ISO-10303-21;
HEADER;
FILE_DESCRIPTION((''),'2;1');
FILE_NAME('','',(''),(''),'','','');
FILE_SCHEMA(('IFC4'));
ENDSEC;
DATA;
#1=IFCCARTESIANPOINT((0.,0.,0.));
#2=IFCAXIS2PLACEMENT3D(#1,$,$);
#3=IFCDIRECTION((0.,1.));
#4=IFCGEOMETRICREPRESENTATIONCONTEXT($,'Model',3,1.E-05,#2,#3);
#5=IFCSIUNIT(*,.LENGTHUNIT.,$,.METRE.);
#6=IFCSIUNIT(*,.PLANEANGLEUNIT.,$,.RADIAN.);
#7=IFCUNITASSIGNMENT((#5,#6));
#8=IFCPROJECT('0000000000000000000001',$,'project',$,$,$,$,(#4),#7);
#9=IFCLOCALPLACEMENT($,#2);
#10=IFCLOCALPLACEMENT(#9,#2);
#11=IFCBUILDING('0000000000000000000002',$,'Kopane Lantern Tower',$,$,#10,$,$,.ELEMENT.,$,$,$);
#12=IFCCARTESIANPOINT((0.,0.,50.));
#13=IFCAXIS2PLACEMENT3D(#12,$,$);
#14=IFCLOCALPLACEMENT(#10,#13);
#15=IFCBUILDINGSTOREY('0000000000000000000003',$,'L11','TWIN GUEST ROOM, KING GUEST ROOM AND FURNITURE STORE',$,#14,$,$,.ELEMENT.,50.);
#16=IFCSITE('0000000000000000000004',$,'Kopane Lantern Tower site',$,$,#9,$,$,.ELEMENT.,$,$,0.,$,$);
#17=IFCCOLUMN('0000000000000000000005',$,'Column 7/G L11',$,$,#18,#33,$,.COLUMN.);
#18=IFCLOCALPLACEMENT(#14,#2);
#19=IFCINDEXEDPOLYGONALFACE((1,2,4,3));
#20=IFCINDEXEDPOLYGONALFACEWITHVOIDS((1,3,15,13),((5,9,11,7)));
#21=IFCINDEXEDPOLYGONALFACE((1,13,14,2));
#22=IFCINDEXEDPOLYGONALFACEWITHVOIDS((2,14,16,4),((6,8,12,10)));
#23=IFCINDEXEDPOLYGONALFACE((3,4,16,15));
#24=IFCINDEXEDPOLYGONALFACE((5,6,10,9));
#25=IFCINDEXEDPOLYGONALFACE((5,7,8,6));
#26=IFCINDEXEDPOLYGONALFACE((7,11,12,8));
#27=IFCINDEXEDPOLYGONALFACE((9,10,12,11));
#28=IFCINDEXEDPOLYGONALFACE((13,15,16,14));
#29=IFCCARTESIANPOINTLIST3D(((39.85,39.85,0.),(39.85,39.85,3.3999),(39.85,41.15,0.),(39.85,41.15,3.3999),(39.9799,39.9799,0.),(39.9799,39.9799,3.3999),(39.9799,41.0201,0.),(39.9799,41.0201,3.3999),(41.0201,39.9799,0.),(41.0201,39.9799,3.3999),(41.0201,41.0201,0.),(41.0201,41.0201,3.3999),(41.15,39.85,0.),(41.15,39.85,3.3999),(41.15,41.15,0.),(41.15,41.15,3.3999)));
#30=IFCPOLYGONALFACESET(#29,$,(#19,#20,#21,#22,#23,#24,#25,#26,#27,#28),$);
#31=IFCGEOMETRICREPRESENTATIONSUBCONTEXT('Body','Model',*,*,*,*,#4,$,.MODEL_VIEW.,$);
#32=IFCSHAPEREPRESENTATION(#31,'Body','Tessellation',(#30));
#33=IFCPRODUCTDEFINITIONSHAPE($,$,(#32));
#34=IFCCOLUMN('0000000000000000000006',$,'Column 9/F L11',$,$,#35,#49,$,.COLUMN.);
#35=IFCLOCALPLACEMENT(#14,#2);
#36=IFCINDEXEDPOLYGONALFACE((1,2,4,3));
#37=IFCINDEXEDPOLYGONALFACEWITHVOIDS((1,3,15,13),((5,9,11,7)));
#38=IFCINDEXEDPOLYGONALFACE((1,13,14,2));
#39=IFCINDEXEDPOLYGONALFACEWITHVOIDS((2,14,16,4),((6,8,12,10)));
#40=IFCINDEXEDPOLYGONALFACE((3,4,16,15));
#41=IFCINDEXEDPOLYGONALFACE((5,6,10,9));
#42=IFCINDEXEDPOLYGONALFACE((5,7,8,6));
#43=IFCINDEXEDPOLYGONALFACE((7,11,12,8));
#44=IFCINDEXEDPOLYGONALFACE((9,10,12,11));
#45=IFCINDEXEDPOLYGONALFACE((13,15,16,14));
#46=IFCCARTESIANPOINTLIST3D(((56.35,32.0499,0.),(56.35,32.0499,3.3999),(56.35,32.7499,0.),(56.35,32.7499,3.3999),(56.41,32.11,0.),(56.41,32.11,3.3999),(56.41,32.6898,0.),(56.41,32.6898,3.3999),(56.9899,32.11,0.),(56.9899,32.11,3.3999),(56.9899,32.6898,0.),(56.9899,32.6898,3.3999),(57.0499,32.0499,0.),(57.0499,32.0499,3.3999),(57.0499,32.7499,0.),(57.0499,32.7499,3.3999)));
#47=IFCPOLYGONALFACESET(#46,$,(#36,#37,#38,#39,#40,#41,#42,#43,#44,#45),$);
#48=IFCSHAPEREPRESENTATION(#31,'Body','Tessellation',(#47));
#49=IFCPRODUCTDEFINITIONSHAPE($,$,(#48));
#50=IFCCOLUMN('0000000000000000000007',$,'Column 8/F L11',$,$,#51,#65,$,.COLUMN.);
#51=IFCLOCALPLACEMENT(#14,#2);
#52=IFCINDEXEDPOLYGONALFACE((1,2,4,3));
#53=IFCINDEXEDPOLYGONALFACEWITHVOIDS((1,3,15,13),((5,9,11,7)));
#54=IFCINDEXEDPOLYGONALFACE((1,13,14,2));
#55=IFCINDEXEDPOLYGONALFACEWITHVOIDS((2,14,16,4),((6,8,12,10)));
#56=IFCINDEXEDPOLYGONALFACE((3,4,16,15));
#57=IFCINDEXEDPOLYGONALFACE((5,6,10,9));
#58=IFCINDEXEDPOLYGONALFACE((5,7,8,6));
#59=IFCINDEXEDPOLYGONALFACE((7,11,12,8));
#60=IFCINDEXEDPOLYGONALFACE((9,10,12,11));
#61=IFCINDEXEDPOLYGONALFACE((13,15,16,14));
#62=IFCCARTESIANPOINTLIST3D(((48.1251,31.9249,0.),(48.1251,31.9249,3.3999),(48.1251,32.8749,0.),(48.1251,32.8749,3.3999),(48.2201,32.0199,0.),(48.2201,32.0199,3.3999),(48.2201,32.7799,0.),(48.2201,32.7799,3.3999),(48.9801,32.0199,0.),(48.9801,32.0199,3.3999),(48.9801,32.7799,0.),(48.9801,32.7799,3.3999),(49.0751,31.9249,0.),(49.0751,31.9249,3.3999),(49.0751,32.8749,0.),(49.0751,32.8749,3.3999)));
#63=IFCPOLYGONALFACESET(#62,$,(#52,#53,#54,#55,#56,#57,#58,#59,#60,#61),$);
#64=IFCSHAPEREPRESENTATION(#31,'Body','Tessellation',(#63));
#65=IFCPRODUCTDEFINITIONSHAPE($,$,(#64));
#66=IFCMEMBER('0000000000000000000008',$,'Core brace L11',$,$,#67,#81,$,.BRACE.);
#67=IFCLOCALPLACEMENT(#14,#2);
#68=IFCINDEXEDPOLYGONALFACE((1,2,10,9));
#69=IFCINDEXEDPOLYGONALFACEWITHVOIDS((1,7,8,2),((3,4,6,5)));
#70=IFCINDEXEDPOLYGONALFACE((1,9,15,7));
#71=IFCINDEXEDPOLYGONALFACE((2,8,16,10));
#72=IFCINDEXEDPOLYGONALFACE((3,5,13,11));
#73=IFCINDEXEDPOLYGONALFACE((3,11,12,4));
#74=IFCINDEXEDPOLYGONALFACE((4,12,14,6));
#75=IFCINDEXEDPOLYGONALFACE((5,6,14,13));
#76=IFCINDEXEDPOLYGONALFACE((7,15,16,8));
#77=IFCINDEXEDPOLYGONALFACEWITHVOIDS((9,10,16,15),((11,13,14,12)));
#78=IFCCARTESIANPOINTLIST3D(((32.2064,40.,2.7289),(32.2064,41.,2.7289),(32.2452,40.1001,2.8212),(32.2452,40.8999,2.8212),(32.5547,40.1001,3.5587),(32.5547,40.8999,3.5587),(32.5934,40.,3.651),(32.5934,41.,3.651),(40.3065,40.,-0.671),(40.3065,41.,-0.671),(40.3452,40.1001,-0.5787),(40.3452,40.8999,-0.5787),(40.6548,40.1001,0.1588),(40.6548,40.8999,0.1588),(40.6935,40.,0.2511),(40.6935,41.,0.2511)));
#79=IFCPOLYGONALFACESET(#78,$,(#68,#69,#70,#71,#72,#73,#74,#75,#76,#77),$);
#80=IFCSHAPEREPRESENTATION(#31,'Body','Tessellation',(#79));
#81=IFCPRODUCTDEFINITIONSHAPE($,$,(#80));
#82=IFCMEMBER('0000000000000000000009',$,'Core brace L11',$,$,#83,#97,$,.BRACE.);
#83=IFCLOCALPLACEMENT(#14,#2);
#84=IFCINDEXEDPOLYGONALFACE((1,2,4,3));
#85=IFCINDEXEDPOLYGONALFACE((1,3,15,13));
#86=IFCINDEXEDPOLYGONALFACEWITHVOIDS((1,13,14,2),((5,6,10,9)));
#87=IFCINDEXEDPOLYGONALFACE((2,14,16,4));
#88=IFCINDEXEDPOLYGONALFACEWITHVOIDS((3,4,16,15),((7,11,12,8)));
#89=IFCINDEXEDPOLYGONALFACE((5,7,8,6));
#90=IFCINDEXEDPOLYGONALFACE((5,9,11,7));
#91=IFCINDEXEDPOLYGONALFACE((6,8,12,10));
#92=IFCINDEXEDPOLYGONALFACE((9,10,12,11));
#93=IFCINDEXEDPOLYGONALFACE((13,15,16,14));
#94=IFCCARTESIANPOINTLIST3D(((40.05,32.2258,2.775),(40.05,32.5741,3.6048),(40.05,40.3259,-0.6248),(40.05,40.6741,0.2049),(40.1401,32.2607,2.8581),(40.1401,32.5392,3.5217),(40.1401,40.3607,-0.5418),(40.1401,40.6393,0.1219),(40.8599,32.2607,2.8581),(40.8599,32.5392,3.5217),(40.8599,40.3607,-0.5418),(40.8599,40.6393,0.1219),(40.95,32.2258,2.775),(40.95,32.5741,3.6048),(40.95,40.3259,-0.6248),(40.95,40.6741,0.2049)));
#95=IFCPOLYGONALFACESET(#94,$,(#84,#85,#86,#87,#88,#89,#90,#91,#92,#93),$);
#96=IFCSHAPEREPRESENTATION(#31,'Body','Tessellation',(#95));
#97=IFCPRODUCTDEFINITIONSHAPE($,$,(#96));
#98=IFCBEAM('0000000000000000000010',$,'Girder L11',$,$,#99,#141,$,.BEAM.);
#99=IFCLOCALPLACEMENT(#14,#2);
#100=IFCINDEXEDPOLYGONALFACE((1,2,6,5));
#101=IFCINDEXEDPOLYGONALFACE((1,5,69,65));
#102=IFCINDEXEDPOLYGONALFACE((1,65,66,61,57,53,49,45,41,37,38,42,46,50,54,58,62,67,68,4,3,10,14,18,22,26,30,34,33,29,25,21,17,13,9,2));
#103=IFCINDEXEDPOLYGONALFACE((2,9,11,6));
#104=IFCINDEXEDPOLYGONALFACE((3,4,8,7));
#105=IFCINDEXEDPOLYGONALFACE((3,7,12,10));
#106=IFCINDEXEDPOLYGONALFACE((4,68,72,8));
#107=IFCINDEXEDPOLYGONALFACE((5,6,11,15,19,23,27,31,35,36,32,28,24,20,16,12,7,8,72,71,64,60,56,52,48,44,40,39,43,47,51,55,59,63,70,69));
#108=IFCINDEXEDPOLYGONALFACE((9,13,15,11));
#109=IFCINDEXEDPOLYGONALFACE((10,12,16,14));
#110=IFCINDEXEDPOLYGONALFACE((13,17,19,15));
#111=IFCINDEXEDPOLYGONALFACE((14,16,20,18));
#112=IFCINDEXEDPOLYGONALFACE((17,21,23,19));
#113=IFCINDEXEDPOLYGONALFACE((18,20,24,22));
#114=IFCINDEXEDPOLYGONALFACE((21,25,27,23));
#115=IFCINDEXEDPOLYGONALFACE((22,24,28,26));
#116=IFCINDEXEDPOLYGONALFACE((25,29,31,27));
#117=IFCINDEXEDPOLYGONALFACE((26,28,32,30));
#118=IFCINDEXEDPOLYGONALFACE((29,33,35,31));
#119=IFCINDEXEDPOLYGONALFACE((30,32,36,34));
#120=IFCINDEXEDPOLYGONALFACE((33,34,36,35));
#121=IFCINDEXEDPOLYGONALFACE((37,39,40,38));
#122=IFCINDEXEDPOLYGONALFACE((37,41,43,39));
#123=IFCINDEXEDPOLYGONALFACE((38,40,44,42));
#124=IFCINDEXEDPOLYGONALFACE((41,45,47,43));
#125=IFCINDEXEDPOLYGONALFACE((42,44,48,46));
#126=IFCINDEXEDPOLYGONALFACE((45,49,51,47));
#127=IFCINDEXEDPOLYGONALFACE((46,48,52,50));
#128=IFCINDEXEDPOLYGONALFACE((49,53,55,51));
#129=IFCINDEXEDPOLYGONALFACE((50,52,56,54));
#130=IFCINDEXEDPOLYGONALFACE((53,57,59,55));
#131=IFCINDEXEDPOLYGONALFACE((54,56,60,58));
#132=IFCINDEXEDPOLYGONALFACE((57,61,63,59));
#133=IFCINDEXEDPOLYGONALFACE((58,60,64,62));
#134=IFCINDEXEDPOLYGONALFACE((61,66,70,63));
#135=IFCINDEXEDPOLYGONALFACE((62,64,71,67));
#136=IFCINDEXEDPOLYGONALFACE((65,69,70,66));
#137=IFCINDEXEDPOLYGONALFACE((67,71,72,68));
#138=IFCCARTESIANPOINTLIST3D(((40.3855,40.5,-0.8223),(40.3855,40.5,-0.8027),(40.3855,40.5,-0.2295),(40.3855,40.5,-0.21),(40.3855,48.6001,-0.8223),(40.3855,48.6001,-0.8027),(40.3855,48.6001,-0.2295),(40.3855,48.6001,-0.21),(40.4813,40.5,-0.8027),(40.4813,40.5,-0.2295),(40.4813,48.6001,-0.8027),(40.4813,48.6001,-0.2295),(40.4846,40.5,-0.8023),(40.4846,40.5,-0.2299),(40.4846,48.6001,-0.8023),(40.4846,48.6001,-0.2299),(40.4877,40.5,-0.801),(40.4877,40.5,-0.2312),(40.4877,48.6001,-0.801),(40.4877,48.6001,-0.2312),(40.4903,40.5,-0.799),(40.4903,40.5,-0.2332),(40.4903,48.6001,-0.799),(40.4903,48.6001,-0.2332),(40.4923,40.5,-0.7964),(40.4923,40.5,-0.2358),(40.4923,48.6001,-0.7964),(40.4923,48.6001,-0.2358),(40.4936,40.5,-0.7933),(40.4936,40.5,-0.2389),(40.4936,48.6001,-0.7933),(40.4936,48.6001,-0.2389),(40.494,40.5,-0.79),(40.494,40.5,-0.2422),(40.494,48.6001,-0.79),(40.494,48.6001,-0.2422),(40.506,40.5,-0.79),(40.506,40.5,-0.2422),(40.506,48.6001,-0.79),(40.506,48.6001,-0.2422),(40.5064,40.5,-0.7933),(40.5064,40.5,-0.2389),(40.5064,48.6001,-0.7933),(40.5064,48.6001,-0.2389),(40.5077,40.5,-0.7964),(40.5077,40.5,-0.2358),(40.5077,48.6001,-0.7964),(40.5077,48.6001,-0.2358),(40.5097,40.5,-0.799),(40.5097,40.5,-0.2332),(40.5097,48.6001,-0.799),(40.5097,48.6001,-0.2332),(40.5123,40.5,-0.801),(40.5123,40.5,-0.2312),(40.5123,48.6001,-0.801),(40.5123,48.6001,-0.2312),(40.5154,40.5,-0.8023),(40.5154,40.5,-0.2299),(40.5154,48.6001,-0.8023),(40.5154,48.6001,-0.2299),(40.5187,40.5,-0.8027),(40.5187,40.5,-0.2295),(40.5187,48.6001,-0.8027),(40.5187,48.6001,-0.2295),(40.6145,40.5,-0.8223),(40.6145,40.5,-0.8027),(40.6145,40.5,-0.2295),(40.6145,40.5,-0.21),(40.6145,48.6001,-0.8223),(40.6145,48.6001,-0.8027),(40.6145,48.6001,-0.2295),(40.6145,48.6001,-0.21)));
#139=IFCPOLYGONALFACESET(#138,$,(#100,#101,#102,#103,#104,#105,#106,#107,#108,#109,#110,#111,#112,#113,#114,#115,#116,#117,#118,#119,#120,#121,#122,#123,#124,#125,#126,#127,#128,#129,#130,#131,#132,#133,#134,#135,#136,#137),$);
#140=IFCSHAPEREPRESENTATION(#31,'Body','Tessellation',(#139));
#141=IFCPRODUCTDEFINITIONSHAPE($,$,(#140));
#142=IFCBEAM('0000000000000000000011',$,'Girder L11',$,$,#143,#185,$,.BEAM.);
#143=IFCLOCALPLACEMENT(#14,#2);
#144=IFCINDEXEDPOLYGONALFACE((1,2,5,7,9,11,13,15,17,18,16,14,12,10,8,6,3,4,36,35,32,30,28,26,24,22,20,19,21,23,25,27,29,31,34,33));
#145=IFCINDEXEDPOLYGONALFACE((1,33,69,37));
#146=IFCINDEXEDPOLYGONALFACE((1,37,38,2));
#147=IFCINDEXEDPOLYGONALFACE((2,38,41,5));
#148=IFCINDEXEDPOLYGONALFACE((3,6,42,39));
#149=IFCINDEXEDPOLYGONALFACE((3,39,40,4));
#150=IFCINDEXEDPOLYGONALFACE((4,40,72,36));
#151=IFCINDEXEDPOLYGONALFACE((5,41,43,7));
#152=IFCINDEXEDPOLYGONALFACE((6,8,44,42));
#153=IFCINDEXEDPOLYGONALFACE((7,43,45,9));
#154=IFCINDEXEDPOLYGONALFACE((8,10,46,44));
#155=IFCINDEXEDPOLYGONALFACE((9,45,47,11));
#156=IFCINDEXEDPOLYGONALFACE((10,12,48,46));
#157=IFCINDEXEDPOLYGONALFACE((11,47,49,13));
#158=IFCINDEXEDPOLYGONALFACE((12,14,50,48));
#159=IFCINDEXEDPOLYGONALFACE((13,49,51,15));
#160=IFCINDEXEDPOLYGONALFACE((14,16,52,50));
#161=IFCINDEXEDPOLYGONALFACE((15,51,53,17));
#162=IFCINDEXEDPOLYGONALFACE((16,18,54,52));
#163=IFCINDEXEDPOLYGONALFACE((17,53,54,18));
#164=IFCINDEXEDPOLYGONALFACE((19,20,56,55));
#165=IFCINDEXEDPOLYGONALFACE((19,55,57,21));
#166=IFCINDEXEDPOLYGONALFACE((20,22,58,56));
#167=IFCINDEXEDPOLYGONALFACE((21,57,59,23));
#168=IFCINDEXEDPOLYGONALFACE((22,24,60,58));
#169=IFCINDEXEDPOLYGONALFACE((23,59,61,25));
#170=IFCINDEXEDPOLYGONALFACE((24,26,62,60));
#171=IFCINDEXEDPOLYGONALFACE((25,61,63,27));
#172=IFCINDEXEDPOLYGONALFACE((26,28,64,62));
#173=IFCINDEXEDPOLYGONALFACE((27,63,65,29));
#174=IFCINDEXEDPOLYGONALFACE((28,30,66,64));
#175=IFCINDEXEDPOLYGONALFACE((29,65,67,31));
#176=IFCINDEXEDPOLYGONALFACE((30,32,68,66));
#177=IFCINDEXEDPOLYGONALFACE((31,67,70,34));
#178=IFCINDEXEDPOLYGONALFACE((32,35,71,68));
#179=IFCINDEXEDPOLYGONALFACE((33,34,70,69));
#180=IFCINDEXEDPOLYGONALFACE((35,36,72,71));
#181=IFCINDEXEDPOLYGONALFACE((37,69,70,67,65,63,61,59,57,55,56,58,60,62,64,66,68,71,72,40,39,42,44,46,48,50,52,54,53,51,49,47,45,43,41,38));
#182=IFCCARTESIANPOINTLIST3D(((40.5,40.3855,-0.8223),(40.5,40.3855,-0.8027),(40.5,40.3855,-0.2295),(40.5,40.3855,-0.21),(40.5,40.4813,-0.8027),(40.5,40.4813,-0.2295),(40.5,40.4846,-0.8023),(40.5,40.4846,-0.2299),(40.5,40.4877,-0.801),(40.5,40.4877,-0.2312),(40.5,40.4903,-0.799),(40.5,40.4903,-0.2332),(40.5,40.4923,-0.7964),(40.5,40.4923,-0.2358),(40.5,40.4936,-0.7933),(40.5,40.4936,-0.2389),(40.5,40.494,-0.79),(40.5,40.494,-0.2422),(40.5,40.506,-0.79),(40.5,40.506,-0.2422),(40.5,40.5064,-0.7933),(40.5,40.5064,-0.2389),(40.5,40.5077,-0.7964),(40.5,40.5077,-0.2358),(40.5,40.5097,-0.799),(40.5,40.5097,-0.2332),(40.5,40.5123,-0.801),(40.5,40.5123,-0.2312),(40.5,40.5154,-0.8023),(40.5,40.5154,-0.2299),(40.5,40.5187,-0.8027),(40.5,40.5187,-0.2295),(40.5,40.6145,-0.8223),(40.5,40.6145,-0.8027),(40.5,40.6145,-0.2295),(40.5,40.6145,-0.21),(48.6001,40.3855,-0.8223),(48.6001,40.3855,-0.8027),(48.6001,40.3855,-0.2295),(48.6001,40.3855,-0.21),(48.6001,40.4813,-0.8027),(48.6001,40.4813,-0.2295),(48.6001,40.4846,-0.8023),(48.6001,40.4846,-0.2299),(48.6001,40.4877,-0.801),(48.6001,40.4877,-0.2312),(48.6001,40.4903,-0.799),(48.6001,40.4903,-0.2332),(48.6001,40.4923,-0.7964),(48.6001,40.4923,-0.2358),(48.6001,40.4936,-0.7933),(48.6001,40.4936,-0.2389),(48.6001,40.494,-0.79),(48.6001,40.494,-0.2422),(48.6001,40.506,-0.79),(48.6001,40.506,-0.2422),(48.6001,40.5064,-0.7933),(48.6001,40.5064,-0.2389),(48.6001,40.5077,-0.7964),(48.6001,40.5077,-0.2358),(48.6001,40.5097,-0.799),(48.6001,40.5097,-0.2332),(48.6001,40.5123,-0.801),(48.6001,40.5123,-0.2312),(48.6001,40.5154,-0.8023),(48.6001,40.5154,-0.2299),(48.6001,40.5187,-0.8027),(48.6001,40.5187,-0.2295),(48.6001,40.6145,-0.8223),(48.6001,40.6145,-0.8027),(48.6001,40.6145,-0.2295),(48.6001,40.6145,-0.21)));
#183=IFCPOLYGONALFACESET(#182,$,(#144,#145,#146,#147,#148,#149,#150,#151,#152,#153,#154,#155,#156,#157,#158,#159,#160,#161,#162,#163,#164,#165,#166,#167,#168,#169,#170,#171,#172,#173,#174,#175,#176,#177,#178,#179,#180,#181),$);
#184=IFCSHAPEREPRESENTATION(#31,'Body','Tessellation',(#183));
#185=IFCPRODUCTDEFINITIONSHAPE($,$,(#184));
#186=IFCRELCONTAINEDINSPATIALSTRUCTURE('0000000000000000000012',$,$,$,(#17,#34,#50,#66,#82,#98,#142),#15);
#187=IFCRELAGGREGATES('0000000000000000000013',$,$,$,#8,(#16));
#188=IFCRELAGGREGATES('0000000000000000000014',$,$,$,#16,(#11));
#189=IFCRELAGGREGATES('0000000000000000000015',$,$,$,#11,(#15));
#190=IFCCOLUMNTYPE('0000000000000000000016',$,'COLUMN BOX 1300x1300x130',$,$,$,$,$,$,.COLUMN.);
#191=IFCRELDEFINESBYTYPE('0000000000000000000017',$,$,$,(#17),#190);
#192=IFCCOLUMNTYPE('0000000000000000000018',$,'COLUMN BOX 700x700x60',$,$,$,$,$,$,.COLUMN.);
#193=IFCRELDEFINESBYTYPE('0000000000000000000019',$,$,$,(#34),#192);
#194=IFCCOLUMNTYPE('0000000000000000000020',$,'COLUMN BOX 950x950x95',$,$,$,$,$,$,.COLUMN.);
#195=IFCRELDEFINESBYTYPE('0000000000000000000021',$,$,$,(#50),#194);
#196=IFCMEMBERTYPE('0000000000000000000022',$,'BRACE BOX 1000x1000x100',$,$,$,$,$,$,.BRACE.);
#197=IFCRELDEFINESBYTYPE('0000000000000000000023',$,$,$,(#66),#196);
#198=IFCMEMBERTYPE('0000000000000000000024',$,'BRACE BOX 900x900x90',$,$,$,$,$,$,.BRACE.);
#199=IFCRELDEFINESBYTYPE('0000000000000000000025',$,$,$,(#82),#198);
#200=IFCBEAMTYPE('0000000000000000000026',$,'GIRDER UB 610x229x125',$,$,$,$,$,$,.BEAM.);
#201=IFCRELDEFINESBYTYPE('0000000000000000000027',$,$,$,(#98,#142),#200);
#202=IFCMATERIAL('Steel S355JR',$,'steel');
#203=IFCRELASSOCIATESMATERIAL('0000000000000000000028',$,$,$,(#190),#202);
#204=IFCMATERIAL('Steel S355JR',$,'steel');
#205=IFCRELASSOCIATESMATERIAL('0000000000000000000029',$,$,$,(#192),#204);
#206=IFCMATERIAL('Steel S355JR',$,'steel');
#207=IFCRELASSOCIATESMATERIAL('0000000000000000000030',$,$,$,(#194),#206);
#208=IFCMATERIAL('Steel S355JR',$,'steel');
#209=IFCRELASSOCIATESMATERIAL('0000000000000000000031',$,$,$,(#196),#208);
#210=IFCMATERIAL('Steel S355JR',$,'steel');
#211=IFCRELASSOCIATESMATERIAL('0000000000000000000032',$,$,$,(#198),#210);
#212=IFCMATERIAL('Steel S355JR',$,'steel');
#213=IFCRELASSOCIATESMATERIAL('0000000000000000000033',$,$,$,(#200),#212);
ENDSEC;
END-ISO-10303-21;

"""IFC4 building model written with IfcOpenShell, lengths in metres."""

from ifc_helpers import new_model, si_unit, direction, frame, origin, origin_2d, place, context, subcontext, project, spatial, hollow_rectangle, i_section, extrude, material, material_profile, profile_set, type_object, element, save


model = new_model("IFC4")

# Units and contexts
model_context = context("Model", 3, precision=1e-05, world=origin(), true_north=direction((0.0, 1.0)))
body_context = subcontext(model_context, "Body", "Model", "MODEL_VIEW")
ifc_project = project(units=[si_unit("LENGTHUNIT", "METRE"), si_unit("PLANEANGLEUNIT", "RADIAN")], contexts=[model_context])

# Site, building, storey
site_placement = place(None, origin())
site = spatial("IfcSite", under=ifc_project, at=site_placement, Name="Kopane Lantern Tower site", CompositionType="ELEMENT", RefElevation=0.0)
building_placement = place(site_placement, origin())
building = spatial("IfcBuilding", under=site, at=building_placement, Name="Kopane Lantern Tower", CompositionType="ELEMENT")
storey_placement = place(building_placement, frame((0.0, 0.0, 50.0)))
storey = spatial("IfcBuildingStorey", under=building, at=storey_placement, Name="L11", Description="TWIN GUEST ROOM, KING GUEST ROOM AND FURNITURE STORE", CompositionType="ELEMENT", Elevation=50.0)

# Columns
ifc_material_1 = material(Name="Steel S355JR", Category="steel")
ifc_material_profile_1 = material_profile(ifc_material_1, hollow_rectangle(XDim=1.3, YDim=1.3, WallThickness=0.1299, at=origin_2d()), Name="BOX 1300x1300x130")
ifc_profile_set_1 = profile_set([ifc_material_profile_1], Name="Steel S355JR")
column_type_1 = type_object("IfcColumnType", Name="COLUMN BOX 1300x1300x130", PredefinedType="COLUMN", material=ifc_profile_set_1)
column_1_placement = place(storey_placement, frame((40.5, 40.5, 0.0), z_axis=(0.0, 0.0, 1.0), x_axis=(1.0, 0.0, 0.0)))
element("IfcColumn", 1, at=column_1_placement, inside=storey, type_object=column_type_1, Name="Column 7/G L11", PredefinedType="COLUMN", context=body_context, shape_type="SweptSolid", body=[
    extrude(hollow_rectangle(XDim=1.3, YDim=1.3, WallThickness=0.1299, at=origin_2d()), origin(), (0.0, 0.0, 1.0), 3.3999),
])
ifc_material_2 = material(Name="Steel S355JR", Category="steel")
ifc_material_profile_2 = material_profile(ifc_material_2, hollow_rectangle(XDim=0.7, YDim=0.7, WallThickness=0.0601, at=origin_2d()), Name="BOX 700x700x60")
ifc_profile_set_2 = profile_set([ifc_material_profile_2], Name="Steel S355JR")
column_type_2 = type_object("IfcColumnType", Name="COLUMN BOX 700x700x60", PredefinedType="COLUMN", material=ifc_profile_set_2)
column_2_placement = place(storey_placement, frame((56.7, 32.3999, 0.0), z_axis=(0.0, 0.0, 1.0), x_axis=(1.0, 0.0, 0.0)))
element("IfcColumn", 2, at=column_2_placement, inside=storey, type_object=column_type_2, Name="Column 9/F L11", PredefinedType="COLUMN", context=body_context, shape_type="SweptSolid", body=[
    extrude(hollow_rectangle(XDim=0.7, YDim=0.7, WallThickness=0.0601, at=origin_2d()), origin(), (0.0, 0.0, 1.0), 3.3999),
])
ifc_material_3 = material(Name="Steel S355JR", Category="steel")
ifc_material_profile_3 = material_profile(ifc_material_3, hollow_rectangle(XDim=0.95, YDim=0.95, WallThickness=0.095, at=origin_2d()), Name="BOX 950x950x95")
ifc_profile_set_3 = profile_set([ifc_material_profile_3], Name="Steel S355JR")
column_type_3 = type_object("IfcColumnType", Name="COLUMN BOX 950x950x95", PredefinedType="COLUMN", material=ifc_profile_set_3)
column_3_placement = place(storey_placement, frame((48.6001, 32.3999, 0.0), z_axis=(0.0, 0.0, 1.0), x_axis=(1.0, 0.0, 0.0)))
element("IfcColumn", 3, at=column_3_placement, inside=storey, type_object=column_type_3, Name="Column 8/F L11", PredefinedType="COLUMN", context=body_context, shape_type="SweptSolid", body=[
    extrude(hollow_rectangle(XDim=0.95, YDim=0.95, WallThickness=0.095, at=origin_2d()), origin(), (0.0, 0.0, 1.0), 3.3999),
])

# Members
ifc_material_4 = material(Name="Steel S355JR", Category="steel")
ifc_material_profile_4 = material_profile(ifc_material_4, hollow_rectangle(XDim=1.0, YDim=1.0, WallThickness=0.1001, at=origin_2d()), Name="BOX 1000x1000x100")
ifc_profile_set_4 = profile_set([ifc_material_profile_4], Name="Steel S355JR")
member_type_1 = type_object("IfcMemberType", Name="BRACE BOX 1000x1000x100", PredefinedType="BRACE", material=ifc_profile_set_4)
member_1_placement = place(storey_placement, frame((40.5, 40.5, -0.21), z_axis=(-0.922069, 0.0, 0.387026), x_axis=(0.0, -1.0, 0.0)))
element("IfcMember", 4, at=member_1_placement, inside=storey, type_object=member_type_1, Name="Core brace L11", PredefinedType="BRACE", context=body_context, shape_type="SweptSolid", body=[
    extrude(hollow_rectangle(XDim=1.0, YDim=1.0, WallThickness=0.1001, at=origin_2d()), origin(), (0.0, 0.0, 1.0), 8.7847),
])
ifc_material_5 = material(Name="Steel S355JR", Category="steel")
ifc_material_profile_5 = material_profile(ifc_material_5, hollow_rectangle(XDim=0.8999, YDim=0.8999, WallThickness=0.0901, at=origin_2d()), Name="BOX 900x900x90")
ifc_profile_set_5 = profile_set([ifc_material_profile_5], Name="Steel S355JR")
member_type_2 = type_object("IfcMemberType", Name="BRACE BOX 900x900x90", PredefinedType="BRACE", material=ifc_profile_set_5)
member_2_placement = place(storey_placement, frame((40.5, 40.5, -0.21), z_axis=(0.0, -0.922069, 0.387026), x_axis=(1.0, 0.0, 0.0)))
element("IfcMember", 5, at=member_2_placement, inside=storey, type_object=member_type_2, Name="Core brace L11", PredefinedType="BRACE", context=body_context, shape_type="SweptSolid", body=[
    extrude(hollow_rectangle(XDim=0.8999, YDim=0.8999, WallThickness=0.0901, at=origin_2d()), origin(), (0.0, 0.0, 1.0), 8.7847),
])

# Beams
ifc_material_6 = material(Name="Steel S355JR", Category="steel")
ifc_material_profile_6 = material_profile(ifc_material_6, i_section(OverallWidth=0.229, OverallDepth=0.6123, WebThickness=0.012, FlangeThickness=0.0195, FilletRadius=0.0127, at=origin_2d()), Name="UB 610x229x125")
ifc_profile_set_6 = profile_set([ifc_material_profile_6], Name="Steel S355JR")
beam_type = type_object("IfcBeamType", Name="GIRDER UB 610x229x125", PredefinedType="BEAM", material=ifc_profile_set_6)
for number, where, z_axis, x_axis, name in (
    (6, (40.5, 40.5, -0.5161), (0.0, 1.0, 0.0), (-1.0, 0.0, 0.0), "Girder L11"),
    (7, (40.5, 40.5, -0.5161), (1.0, 0.0, 0.0), (0.0, 1.0, 0.0), "Girder L11"),
):
    element("IfcBeam", number, at=place(storey_placement, frame(where, z_axis=z_axis, x_axis=x_axis)), inside=storey, type_object=beam_type, Name=name, PredefinedType="BEAM", context=body_context, shape_type="SweptSolid", body=[
        extrude(i_section(OverallWidth=0.229, OverallDepth=0.6123, WebThickness=0.012, FlangeThickness=0.0195, FilletRadius=0.0127, at=origin_2d()), origin(), (0.0, 0.0, 1.0), 8.1001),
    ])

save(model, "model.ifc")
